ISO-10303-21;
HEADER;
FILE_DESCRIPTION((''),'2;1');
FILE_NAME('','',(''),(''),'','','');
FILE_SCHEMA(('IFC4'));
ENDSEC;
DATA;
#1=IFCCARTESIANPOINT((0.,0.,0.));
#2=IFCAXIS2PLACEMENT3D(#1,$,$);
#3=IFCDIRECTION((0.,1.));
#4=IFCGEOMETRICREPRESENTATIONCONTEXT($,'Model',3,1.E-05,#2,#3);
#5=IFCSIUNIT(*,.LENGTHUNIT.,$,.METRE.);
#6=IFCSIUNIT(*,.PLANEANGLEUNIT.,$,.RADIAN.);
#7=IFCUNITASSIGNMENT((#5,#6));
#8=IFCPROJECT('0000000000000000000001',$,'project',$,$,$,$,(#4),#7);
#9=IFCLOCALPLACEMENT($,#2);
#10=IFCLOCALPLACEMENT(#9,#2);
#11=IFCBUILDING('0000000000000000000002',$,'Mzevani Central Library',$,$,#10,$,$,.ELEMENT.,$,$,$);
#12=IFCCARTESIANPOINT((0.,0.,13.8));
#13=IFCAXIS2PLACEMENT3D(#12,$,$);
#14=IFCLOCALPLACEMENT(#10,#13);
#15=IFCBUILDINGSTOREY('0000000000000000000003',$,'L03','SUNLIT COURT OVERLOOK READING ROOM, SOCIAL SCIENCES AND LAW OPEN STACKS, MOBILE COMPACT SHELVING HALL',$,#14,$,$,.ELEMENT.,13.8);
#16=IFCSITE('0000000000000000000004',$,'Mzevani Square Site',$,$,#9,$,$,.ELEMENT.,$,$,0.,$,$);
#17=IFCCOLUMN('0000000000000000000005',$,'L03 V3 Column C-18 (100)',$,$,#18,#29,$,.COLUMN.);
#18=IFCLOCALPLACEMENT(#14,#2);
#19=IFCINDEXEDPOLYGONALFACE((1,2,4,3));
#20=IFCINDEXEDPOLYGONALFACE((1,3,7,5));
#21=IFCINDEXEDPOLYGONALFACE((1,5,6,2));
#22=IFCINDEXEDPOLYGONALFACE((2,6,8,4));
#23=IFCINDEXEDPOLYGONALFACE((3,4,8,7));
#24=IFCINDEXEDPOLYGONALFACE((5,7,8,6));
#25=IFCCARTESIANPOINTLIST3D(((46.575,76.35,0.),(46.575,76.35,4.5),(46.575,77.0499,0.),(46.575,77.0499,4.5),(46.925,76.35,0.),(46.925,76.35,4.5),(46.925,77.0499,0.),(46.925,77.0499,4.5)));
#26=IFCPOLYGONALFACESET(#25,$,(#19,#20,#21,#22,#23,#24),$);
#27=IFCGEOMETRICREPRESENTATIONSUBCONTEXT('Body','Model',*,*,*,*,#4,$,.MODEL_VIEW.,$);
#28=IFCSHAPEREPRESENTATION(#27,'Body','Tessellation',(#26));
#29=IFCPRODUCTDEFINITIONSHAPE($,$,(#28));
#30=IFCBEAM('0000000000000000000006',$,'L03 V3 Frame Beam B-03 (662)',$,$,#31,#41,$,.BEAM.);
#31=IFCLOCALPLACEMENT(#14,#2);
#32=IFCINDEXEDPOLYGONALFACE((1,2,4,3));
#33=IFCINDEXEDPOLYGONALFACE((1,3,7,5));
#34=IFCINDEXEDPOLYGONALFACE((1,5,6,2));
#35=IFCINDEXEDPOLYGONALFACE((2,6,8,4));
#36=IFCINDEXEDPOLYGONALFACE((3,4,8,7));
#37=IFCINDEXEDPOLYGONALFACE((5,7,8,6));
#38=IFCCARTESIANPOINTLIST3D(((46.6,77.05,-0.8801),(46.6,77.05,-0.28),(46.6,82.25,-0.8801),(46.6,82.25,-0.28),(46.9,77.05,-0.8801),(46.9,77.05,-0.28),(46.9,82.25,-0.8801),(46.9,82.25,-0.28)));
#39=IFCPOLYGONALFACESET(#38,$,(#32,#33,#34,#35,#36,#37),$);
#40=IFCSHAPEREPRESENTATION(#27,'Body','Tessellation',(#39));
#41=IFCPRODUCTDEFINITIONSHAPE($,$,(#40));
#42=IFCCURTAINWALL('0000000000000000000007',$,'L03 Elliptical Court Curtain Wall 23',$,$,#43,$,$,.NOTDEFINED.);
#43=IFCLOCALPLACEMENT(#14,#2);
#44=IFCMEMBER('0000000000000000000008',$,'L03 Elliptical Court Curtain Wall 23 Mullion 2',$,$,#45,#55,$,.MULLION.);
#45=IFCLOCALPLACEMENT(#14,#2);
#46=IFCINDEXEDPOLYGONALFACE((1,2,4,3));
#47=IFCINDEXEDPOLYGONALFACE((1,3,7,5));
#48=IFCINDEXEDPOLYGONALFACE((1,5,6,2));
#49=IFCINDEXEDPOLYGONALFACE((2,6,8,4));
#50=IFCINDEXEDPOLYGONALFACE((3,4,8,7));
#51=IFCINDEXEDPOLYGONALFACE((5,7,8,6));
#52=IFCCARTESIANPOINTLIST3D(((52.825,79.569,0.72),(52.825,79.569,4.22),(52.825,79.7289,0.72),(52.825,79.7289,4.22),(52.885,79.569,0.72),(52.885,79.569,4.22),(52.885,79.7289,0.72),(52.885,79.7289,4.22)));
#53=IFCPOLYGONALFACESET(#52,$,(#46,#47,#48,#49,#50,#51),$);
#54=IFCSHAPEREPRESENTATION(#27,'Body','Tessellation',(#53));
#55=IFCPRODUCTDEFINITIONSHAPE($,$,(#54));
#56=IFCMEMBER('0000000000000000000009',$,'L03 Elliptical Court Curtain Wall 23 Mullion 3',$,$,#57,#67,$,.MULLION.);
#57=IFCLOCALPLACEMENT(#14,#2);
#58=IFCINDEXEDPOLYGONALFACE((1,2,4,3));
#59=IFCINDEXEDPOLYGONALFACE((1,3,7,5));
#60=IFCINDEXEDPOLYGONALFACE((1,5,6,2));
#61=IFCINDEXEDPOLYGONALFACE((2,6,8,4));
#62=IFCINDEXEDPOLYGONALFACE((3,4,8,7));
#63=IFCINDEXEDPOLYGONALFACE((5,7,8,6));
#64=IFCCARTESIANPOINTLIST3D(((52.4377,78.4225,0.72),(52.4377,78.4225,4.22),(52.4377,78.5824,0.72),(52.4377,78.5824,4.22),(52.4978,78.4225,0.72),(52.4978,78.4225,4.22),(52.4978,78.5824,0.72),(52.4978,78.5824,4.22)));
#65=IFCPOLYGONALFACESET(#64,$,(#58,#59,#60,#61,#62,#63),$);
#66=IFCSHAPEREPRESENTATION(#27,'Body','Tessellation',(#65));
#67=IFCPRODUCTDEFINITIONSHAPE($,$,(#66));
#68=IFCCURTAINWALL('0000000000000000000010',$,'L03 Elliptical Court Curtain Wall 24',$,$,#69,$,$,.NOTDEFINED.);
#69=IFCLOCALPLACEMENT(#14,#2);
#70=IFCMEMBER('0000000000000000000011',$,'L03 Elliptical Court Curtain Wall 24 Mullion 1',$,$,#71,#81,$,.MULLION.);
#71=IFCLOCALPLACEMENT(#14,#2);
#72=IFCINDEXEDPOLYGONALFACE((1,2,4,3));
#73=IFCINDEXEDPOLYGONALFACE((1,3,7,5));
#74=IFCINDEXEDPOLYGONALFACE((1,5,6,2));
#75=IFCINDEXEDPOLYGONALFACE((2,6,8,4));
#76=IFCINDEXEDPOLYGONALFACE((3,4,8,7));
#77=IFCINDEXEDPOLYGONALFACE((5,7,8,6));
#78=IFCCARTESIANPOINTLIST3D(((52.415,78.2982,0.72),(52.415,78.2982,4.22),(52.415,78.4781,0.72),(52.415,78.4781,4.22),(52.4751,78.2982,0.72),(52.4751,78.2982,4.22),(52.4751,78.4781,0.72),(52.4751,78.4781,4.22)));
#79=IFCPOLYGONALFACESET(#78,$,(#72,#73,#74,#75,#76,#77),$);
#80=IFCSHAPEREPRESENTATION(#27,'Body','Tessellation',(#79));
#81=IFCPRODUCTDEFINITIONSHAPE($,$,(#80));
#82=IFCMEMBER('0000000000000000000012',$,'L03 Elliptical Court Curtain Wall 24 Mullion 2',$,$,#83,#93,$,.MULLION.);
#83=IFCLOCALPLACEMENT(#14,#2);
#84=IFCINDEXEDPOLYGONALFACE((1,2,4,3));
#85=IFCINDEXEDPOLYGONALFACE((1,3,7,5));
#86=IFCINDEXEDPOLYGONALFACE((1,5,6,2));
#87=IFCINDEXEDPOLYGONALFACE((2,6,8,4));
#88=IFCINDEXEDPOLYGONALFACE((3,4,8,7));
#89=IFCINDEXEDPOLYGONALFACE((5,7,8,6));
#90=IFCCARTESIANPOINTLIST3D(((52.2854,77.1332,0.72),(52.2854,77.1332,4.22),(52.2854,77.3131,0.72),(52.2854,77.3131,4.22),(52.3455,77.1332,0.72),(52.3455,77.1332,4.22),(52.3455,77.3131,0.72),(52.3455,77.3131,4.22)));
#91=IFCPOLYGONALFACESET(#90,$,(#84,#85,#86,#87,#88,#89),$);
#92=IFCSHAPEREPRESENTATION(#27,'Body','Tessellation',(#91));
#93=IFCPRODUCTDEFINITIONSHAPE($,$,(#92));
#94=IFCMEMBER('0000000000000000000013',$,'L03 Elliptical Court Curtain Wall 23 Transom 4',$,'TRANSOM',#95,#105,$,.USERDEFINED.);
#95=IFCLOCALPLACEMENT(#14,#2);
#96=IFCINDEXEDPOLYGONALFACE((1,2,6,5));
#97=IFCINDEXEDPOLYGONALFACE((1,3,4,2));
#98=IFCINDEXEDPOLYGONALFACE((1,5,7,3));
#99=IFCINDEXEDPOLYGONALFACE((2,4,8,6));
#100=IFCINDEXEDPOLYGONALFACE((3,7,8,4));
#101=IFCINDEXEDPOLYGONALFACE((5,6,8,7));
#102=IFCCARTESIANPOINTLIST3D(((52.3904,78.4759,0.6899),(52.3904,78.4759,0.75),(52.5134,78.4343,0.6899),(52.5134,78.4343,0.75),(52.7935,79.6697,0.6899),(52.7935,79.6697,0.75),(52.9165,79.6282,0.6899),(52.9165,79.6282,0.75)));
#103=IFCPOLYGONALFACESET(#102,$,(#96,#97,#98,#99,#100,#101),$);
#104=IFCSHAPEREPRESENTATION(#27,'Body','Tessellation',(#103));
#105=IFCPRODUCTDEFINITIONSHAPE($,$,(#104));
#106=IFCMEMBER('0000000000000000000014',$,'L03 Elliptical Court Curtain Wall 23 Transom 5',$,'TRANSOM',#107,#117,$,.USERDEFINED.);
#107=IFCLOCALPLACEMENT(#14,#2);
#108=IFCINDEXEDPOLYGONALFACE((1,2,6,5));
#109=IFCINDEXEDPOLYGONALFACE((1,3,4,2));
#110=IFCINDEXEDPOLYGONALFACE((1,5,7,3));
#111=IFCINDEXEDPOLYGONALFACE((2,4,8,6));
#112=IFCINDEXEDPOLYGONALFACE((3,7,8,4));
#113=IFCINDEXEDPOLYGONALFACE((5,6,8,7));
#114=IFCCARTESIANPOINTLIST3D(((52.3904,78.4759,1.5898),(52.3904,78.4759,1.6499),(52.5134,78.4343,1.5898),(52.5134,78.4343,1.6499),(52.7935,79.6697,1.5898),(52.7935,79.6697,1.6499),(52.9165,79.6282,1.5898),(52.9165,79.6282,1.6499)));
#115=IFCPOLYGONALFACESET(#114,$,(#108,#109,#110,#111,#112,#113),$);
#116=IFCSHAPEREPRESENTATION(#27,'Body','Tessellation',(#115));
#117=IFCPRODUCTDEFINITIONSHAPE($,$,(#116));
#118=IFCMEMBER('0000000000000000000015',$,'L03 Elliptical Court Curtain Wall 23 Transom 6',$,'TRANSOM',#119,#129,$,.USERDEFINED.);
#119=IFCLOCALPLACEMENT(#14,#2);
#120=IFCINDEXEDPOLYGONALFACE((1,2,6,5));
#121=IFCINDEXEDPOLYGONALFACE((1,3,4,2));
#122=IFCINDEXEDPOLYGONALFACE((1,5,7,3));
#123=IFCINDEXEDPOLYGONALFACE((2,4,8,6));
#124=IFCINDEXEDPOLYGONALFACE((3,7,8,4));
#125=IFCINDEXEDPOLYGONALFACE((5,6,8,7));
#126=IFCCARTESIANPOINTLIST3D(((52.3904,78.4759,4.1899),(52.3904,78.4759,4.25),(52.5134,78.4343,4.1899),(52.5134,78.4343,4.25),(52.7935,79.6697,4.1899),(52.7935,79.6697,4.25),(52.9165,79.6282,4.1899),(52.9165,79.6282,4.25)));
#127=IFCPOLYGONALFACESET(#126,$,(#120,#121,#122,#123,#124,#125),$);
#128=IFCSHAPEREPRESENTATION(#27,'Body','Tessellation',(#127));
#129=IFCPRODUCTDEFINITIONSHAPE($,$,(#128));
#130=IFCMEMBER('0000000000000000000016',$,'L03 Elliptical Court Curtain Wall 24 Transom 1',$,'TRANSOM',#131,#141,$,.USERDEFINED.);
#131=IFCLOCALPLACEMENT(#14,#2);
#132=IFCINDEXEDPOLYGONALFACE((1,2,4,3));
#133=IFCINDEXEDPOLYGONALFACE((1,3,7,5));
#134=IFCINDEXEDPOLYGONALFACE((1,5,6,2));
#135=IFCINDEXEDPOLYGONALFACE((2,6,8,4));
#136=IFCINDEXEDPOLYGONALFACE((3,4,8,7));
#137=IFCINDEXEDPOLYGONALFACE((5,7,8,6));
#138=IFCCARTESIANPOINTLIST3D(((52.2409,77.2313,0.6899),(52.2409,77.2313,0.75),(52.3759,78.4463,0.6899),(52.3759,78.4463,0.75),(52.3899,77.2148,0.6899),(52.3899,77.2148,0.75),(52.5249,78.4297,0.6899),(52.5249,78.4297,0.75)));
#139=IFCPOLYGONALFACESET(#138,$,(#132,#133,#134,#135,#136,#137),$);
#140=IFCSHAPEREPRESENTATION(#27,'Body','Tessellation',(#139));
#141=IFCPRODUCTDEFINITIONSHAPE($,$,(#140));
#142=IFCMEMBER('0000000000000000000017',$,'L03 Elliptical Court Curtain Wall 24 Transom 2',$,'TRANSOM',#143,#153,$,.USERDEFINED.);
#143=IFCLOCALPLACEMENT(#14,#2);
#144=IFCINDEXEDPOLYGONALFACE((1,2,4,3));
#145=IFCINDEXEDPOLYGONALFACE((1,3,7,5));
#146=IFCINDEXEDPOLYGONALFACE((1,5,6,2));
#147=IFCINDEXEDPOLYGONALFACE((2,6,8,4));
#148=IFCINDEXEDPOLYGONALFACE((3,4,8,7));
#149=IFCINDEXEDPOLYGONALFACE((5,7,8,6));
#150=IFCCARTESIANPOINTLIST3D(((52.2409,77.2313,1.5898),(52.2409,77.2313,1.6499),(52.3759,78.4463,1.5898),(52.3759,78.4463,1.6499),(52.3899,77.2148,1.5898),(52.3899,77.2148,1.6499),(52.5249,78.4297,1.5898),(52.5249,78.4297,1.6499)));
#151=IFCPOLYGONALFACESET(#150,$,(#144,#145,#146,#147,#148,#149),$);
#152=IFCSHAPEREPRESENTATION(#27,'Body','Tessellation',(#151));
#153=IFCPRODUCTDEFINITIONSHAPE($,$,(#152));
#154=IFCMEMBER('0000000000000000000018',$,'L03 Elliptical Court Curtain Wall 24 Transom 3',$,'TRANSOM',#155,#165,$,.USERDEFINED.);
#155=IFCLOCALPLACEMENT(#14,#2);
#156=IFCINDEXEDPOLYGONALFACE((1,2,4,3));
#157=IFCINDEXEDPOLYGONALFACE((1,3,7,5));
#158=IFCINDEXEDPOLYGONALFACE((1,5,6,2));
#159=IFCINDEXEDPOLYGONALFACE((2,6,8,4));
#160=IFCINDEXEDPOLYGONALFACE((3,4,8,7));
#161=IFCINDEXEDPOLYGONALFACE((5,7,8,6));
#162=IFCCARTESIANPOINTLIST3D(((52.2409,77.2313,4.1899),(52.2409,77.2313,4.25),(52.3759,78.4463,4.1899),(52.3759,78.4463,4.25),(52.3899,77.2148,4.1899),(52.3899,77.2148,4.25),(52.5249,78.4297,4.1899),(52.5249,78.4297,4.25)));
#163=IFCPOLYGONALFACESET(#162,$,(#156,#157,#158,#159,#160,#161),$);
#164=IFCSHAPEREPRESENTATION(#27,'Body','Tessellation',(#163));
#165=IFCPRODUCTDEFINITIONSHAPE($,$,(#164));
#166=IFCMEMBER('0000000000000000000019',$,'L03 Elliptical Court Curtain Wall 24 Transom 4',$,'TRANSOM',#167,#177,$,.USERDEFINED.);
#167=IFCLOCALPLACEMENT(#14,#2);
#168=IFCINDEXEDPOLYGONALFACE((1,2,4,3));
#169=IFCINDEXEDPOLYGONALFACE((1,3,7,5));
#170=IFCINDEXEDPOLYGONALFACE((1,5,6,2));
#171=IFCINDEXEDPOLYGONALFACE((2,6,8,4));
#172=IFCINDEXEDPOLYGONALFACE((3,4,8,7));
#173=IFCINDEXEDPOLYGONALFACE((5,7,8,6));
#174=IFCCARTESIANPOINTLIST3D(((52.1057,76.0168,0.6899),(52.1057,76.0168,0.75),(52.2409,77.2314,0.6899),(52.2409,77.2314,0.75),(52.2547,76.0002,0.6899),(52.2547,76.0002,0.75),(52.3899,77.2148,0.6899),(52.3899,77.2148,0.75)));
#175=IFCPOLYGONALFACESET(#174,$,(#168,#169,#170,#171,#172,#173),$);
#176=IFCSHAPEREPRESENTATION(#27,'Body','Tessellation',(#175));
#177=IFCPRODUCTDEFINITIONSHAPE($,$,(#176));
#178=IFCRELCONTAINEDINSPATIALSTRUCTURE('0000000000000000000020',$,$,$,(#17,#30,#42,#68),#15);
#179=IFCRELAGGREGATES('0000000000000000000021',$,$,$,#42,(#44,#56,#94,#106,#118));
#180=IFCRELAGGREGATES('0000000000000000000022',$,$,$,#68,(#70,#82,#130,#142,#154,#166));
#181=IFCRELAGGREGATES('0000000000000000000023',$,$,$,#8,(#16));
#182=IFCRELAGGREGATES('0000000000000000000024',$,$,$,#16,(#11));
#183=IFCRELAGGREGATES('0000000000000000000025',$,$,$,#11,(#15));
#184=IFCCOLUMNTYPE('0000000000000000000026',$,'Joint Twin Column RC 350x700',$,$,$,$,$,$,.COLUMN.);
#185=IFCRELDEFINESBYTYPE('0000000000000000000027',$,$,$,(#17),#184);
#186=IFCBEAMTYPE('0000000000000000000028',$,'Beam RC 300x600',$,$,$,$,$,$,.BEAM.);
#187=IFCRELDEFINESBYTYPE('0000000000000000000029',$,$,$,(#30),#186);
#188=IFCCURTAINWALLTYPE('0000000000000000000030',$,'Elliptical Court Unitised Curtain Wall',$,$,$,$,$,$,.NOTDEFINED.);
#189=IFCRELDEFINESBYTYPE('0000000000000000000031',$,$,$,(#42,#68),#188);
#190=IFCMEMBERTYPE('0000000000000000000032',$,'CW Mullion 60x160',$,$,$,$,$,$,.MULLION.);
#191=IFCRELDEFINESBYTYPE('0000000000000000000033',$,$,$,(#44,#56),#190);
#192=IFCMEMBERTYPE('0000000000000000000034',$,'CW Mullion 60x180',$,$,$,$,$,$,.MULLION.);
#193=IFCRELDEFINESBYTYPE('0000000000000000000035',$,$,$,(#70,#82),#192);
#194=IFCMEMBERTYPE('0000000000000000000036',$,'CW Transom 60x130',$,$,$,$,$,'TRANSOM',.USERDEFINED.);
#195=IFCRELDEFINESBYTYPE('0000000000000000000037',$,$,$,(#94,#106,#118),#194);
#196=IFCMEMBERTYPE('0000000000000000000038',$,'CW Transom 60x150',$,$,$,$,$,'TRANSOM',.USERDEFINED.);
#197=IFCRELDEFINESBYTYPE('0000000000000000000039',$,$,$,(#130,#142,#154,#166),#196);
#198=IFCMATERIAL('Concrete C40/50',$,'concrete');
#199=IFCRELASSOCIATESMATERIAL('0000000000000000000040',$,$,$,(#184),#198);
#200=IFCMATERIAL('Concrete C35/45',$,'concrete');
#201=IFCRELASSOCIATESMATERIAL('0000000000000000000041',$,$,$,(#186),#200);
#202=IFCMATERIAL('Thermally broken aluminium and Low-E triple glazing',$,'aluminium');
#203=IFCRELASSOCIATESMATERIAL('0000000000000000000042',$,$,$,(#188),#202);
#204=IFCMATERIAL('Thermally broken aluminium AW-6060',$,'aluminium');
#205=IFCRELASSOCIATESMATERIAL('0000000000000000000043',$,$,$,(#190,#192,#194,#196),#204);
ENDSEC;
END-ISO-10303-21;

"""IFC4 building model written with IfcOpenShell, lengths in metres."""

from ifc_helpers import new_model, si_unit, direction, frame, origin, origin_2d, place, context, subcontext, project, spatial, rectangle, extrude, material, material_profile, profile_set, type_object, element, aggregate, save


model = new_model("IFC4")

# Units and contexts
model_context = context("Model", 3, precision=1e-05, world=origin(), true_north=direction((0.0, 1.0)))
body_context = subcontext(model_context, "Body", "Model", "MODEL_VIEW")
ifc_project = project(units=[si_unit("LENGTHUNIT", "METRE"), si_unit("PLANEANGLEUNIT", "RADIAN")], contexts=[model_context])

# Site, building, storey
site_placement = place(None, origin())
site = spatial("IfcSite", under=ifc_project, at=site_placement, Name="Mzevani Square Site", CompositionType="ELEMENT", RefElevation=0.0)
building_placement = place(site_placement, origin())
building = spatial("IfcBuilding", under=site, at=building_placement, Name="Mzevani Central Library", CompositionType="ELEMENT")
storey_placement = place(building_placement, frame((0.0, 0.0, 13.8)))
storey = spatial("IfcBuildingStorey", under=building, at=storey_placement, Name="L03", Description="SUNLIT COURT OVERLOOK READING ROOM, SOCIAL SCIENCES AND LAW OPEN STACKS, MOBILE COMPACT SHELVING HALL", CompositionType="ELEMENT", Elevation=13.8)

# Column
ifc_material_1 = material(Name="Concrete C40/50", Category="concrete")
ifc_material_profile_1 = material_profile(ifc_material_1, rectangle(XDim=0.3501, YDim=0.7, at=origin_2d()), Name="RC 350x700")
ifc_profile_set_1 = profile_set([ifc_material_profile_1], Name="Concrete C40/50")
column_type = type_object("IfcColumnType", Name="Joint Twin Column RC 350x700", PredefinedType="COLUMN", material=ifc_profile_set_1)
column_placement = place(storey_placement, frame((46.75, 76.7, 0.0), z_axis=(0.0, 0.0, 1.0), x_axis=(1.0, 0.0, 0.0)))
element("IfcColumn", 1, at=column_placement, inside=storey, type_object=column_type, Name="L03 V3 Column C-18 (100)", PredefinedType="COLUMN", context=body_context, shape_type="SweptSolid", body=[
    extrude(rectangle(XDim=0.3501, YDim=0.7, at=origin_2d()), origin(), (0.0, 0.0, 1.0), 4.5),
])

# Beam
ifc_material_2 = material(Name="Concrete C35/45", Category="concrete")
ifc_material_profile_2 = material_profile(ifc_material_2, rectangle(XDim=0.3, YDim=0.6001, at=origin_2d()), Name="RC B300x600")
ifc_profile_set_2 = profile_set([ifc_material_profile_2], Name="Concrete C35/45")
beam_type = type_object("IfcBeamType", Name="Beam RC 300x600", PredefinedType="BEAM", material=ifc_profile_set_2)
beam_placement = place(storey_placement, frame((46.75, 77.05, -0.5801), z_axis=(0.0, 1.0, 0.0), x_axis=(-1.0, 0.0, 0.0)))
element("IfcBeam", 2, at=beam_placement, inside=storey, type_object=beam_type, Name="L03 V3 Frame Beam B-03 (662)", PredefinedType="BEAM", context=body_context, shape_type="SweptSolid", body=[
    extrude(rectangle(XDim=0.3, YDim=0.6001, at=origin_2d()), origin(), (0.0, 0.0, 1.0), 5.2),
])

# Curtain walls, members
ifc_material_3 = material(Name="Thermally broken aluminium and Low-E triple glazing", Category="aluminium")
curtain_wall_type = type_object("IfcCurtainWallType", Name="Elliptical Court Unitised Curtain Wall", PredefinedType="NOTDEFINED", material=ifc_material_3)
curtain_wall_1_placement = place(storey_placement, origin())
curtain_wall_1 = element("IfcCurtainWall", 3, at=curtain_wall_1_placement, inside=storey, type_object=curtain_wall_type, Name="L03 Elliptical Court Curtain Wall 23", PredefinedType="NOTDEFINED")
ifc_material_4 = material(Name="Thermally broken aluminium AW-6060", Category="aluminium")
ifc_material_profile_3 = material_profile(ifc_material_4, rectangle(XDim=0.0601, YDim=0.1599, at=origin_2d()), Name="ALU M60x160")
ifc_profile_set_3 = profile_set([ifc_material_profile_3], Name="Thermally broken aluminium AW-6060")
member_type_1 = type_object("IfcMemberType", Name="CW Mullion 60x160", PredefinedType="MULLION", material=ifc_profile_set_3)
member_1_placement = place(storey_placement, frame((52.855, 79.6489, 0.72), z_axis=(0.0, 0.0, 1.0), x_axis=(1.0, 0.0, 0.0)))
member_1 = element("IfcMember", 4, at=member_1_placement, type_object=member_type_1, Name="L03 Elliptical Court Curtain Wall 23 Mullion 2", PredefinedType="MULLION", context=body_context, shape_type="SweptSolid", body=[
    extrude(rectangle(XDim=0.0601, YDim=0.1599, at=origin_2d()), origin(), (0.0, 0.0, 1.0), 3.5),
])
member_2_placement = place(storey_placement, frame((52.4678, 78.5024, 0.72), z_axis=(0.0, 0.0, 1.0), x_axis=(1.0, 0.0, 0.0)))
member_2 = element("IfcMember", 5, at=member_2_placement, type_object=member_type_1, Name="L03 Elliptical Court Curtain Wall 23 Mullion 3", PredefinedType="MULLION", context=body_context, shape_type="SweptSolid", body=[
    extrude(rectangle(XDim=0.0601, YDim=0.1599, at=origin_2d()), origin(), (0.0, 0.0, 1.0), 3.5),
])
curtain_wall_2_placement = place(storey_placement, origin())
curtain_wall_2 = element("IfcCurtainWall", 6, at=curtain_wall_2_placement, inside=storey, type_object=curtain_wall_type, Name="L03 Elliptical Court Curtain Wall 24", PredefinedType="NOTDEFINED")
ifc_material_profile_4 = material_profile(ifc_material_4, rectangle(XDim=0.0601, YDim=0.1799, at=origin_2d()), Name="ALU M60x180")
ifc_profile_set_4 = profile_set([ifc_material_profile_4], Name="Thermally broken aluminium AW-6060")
member_type_2 = type_object("IfcMemberType", Name="CW Mullion 60x180", PredefinedType="MULLION", material=ifc_profile_set_4)
member_3_placement = place(storey_placement, frame((52.4451, 78.3882, 0.72), z_axis=(0.0, 0.0, 1.0), x_axis=(1.0, 0.0, 0.0)))
member_3 = element("IfcMember", 7, at=member_3_placement, type_object=member_type_2, Name="L03 Elliptical Court Curtain Wall 24 Mullion 1", PredefinedType="MULLION", context=body_context, shape_type="SweptSolid", body=[
    extrude(rectangle(XDim=0.0601, YDim=0.1799, at=origin_2d()), origin(), (0.0, 0.0, 1.0), 3.5),
])
member_4_placement = place(storey_placement, frame((52.3154, 77.2231, 0.72), z_axis=(0.0, 0.0, 1.0), x_axis=(1.0, 0.0, 0.0)))
member_4 = element("IfcMember", 8, at=member_4_placement, type_object=member_type_2, Name="L03 Elliptical Court Curtain Wall 24 Mullion 2", PredefinedType="MULLION", context=body_context, shape_type="SweptSolid", body=[
    extrude(rectangle(XDim=0.0601, YDim=0.1799, at=origin_2d()), origin(), (0.0, 0.0, 1.0), 3.5),
])

# Members
ifc_material_profile_5 = material_profile(ifc_material_4, rectangle(XDim=0.1299, YDim=0.0601, at=origin_2d()), Name="ALU T60x130")
ifc_profile_set_5 = profile_set([ifc_material_profile_5], Name="Thermally broken aluminium AW-6060")
member_type_3 = type_object("IfcMemberType", Name="CW Transom 60x130", ElementType="TRANSOM", PredefinedType="USERDEFINED", material=ifc_profile_set_5)
member_5_placement = place(storey_placement, frame((52.855, 79.6489, 0.72), z_axis=(-0.319887, -0.947456, 0.0), x_axis=(0.947456, -0.319887, 0.0)))
member_5 = element("IfcMember", 9, at=member_5_placement, type_object=member_type_3, Name="L03 Elliptical Court Curtain Wall 23 Transom 4", ObjectType="TRANSOM", PredefinedType="USERDEFINED", context=body_context, shape_type="SweptSolid", body=[
    extrude(rectangle(XDim=0.1299, YDim=0.0601, at=origin_2d()), origin(), (0.0, 0.0, 1.0), 1.26),
])
member_6_placement = place(storey_placement, frame((52.855, 79.6489, 1.6199), z_axis=(-0.319887, -0.947456, 0.0), x_axis=(0.947456, -0.319887, 0.0)))
member_6 = element("IfcMember", 10, at=member_6_placement, type_object=member_type_3, Name="L03 Elliptical Court Curtain Wall 23 Transom 5", ObjectType="TRANSOM", PredefinedType="USERDEFINED", context=body_context, shape_type="SweptSolid", body=[
    extrude(rectangle(XDim=0.1299, YDim=0.0601, at=origin_2d()), origin(), (0.0, 0.0, 1.0), 1.26),
])
member_7_placement = place(storey_placement, frame((52.855, 79.6489, 4.22), z_axis=(-0.319887, -0.947456, 0.0), x_axis=(0.947456, -0.319887, 0.0)))
member_7 = element("IfcMember", 11, at=member_7_placement, type_object=member_type_3, Name="L03 Elliptical Court Curtain Wall 23 Transom 6", ObjectType="TRANSOM", PredefinedType="USERDEFINED", context=body_context, shape_type="SweptSolid", body=[
    extrude(rectangle(XDim=0.1299, YDim=0.0601, at=origin_2d()), origin(), (0.0, 0.0, 1.0), 1.26),
])
ifc_material_profile_6 = material_profile(ifc_material_4, rectangle(XDim=0.1499, YDim=0.0601, at=origin_2d()), Name="ALU T60x150")
ifc_profile_set_6 = profile_set([ifc_material_profile_6], Name="Thermally broken aluminium AW-6060")
member_type_4 = type_object("IfcMemberType", Name="CW Transom 60x150", ElementType="TRANSOM", PredefinedType="USERDEFINED", material=ifc_profile_set_6)
member_8_placement = place(storey_placement, frame((52.4504, 78.438, 0.72), z_axis=(-0.110453, -0.993881, 0.0), x_axis=(0.993881, -0.110453, 0.0)))
member_8 = element("IfcMember", 12, at=member_8_placement, type_object=member_type_4, Name="L03 Elliptical Court Curtain Wall 24 Transom 1", ObjectType="TRANSOM", PredefinedType="USERDEFINED", context=body_context, shape_type="SweptSolid", body=[
    extrude(rectangle(XDim=0.1499, YDim=0.0601, at=origin_2d()), origin(), (0.0, 0.0, 1.0), 1.2224),
])
member_9_placement = place(storey_placement, frame((52.4504, 78.438, 1.6199), z_axis=(-0.110453, -0.993881, 0.0), x_axis=(0.993881, -0.110453, 0.0)))
member_9 = element("IfcMember", 13, at=member_9_placement, type_object=member_type_4, Name="L03 Elliptical Court Curtain Wall 24 Transom 2", ObjectType="TRANSOM", PredefinedType="USERDEFINED", context=body_context, shape_type="SweptSolid", body=[
    extrude(rectangle(XDim=0.1499, YDim=0.0601, at=origin_2d()), origin(), (0.0, 0.0, 1.0), 1.2224),
])
member_10_placement = place(storey_placement, frame((52.4504, 78.438, 4.22), z_axis=(-0.110453, -0.993881, 0.0), x_axis=(0.993881, -0.110453, 0.0)))
member_10 = element("IfcMember", 14, at=member_10_placement, type_object=member_type_4, Name="L03 Elliptical Court Curtain Wall 24 Transom 3", ObjectType="TRANSOM", PredefinedType="USERDEFINED", context=body_context, shape_type="SweptSolid", body=[
    extrude(rectangle(XDim=0.1499, YDim=0.0601, at=origin_2d()), origin(), (0.0, 0.0, 1.0), 1.2224),
])
member_11_placement = place(storey_placement, frame((52.3154, 77.2231, 0.72), z_axis=(-0.110673, -0.993857, 0.0), x_axis=(0.993857, -0.110673, 0.0)))
member_11 = element("IfcMember", 15, at=member_11_placement, type_object=member_type_4, Name="L03 Elliptical Court Curtain Wall 24 Transom 4", ObjectType="TRANSOM", PredefinedType="USERDEFINED", context=body_context, shape_type="SweptSolid", body=[
    extrude(rectangle(XDim=0.1499, YDim=0.0601, at=origin_2d()), origin(), (0.0, 0.0, 1.0), 1.2222),
])

aggregate(curtain_wall_1, [member_1, member_2, member_5, member_6, member_7])
aggregate(curtain_wall_2, [member_3, member_4, member_8, member_9, member_10, member_11])

save(model, "model.ifc")
